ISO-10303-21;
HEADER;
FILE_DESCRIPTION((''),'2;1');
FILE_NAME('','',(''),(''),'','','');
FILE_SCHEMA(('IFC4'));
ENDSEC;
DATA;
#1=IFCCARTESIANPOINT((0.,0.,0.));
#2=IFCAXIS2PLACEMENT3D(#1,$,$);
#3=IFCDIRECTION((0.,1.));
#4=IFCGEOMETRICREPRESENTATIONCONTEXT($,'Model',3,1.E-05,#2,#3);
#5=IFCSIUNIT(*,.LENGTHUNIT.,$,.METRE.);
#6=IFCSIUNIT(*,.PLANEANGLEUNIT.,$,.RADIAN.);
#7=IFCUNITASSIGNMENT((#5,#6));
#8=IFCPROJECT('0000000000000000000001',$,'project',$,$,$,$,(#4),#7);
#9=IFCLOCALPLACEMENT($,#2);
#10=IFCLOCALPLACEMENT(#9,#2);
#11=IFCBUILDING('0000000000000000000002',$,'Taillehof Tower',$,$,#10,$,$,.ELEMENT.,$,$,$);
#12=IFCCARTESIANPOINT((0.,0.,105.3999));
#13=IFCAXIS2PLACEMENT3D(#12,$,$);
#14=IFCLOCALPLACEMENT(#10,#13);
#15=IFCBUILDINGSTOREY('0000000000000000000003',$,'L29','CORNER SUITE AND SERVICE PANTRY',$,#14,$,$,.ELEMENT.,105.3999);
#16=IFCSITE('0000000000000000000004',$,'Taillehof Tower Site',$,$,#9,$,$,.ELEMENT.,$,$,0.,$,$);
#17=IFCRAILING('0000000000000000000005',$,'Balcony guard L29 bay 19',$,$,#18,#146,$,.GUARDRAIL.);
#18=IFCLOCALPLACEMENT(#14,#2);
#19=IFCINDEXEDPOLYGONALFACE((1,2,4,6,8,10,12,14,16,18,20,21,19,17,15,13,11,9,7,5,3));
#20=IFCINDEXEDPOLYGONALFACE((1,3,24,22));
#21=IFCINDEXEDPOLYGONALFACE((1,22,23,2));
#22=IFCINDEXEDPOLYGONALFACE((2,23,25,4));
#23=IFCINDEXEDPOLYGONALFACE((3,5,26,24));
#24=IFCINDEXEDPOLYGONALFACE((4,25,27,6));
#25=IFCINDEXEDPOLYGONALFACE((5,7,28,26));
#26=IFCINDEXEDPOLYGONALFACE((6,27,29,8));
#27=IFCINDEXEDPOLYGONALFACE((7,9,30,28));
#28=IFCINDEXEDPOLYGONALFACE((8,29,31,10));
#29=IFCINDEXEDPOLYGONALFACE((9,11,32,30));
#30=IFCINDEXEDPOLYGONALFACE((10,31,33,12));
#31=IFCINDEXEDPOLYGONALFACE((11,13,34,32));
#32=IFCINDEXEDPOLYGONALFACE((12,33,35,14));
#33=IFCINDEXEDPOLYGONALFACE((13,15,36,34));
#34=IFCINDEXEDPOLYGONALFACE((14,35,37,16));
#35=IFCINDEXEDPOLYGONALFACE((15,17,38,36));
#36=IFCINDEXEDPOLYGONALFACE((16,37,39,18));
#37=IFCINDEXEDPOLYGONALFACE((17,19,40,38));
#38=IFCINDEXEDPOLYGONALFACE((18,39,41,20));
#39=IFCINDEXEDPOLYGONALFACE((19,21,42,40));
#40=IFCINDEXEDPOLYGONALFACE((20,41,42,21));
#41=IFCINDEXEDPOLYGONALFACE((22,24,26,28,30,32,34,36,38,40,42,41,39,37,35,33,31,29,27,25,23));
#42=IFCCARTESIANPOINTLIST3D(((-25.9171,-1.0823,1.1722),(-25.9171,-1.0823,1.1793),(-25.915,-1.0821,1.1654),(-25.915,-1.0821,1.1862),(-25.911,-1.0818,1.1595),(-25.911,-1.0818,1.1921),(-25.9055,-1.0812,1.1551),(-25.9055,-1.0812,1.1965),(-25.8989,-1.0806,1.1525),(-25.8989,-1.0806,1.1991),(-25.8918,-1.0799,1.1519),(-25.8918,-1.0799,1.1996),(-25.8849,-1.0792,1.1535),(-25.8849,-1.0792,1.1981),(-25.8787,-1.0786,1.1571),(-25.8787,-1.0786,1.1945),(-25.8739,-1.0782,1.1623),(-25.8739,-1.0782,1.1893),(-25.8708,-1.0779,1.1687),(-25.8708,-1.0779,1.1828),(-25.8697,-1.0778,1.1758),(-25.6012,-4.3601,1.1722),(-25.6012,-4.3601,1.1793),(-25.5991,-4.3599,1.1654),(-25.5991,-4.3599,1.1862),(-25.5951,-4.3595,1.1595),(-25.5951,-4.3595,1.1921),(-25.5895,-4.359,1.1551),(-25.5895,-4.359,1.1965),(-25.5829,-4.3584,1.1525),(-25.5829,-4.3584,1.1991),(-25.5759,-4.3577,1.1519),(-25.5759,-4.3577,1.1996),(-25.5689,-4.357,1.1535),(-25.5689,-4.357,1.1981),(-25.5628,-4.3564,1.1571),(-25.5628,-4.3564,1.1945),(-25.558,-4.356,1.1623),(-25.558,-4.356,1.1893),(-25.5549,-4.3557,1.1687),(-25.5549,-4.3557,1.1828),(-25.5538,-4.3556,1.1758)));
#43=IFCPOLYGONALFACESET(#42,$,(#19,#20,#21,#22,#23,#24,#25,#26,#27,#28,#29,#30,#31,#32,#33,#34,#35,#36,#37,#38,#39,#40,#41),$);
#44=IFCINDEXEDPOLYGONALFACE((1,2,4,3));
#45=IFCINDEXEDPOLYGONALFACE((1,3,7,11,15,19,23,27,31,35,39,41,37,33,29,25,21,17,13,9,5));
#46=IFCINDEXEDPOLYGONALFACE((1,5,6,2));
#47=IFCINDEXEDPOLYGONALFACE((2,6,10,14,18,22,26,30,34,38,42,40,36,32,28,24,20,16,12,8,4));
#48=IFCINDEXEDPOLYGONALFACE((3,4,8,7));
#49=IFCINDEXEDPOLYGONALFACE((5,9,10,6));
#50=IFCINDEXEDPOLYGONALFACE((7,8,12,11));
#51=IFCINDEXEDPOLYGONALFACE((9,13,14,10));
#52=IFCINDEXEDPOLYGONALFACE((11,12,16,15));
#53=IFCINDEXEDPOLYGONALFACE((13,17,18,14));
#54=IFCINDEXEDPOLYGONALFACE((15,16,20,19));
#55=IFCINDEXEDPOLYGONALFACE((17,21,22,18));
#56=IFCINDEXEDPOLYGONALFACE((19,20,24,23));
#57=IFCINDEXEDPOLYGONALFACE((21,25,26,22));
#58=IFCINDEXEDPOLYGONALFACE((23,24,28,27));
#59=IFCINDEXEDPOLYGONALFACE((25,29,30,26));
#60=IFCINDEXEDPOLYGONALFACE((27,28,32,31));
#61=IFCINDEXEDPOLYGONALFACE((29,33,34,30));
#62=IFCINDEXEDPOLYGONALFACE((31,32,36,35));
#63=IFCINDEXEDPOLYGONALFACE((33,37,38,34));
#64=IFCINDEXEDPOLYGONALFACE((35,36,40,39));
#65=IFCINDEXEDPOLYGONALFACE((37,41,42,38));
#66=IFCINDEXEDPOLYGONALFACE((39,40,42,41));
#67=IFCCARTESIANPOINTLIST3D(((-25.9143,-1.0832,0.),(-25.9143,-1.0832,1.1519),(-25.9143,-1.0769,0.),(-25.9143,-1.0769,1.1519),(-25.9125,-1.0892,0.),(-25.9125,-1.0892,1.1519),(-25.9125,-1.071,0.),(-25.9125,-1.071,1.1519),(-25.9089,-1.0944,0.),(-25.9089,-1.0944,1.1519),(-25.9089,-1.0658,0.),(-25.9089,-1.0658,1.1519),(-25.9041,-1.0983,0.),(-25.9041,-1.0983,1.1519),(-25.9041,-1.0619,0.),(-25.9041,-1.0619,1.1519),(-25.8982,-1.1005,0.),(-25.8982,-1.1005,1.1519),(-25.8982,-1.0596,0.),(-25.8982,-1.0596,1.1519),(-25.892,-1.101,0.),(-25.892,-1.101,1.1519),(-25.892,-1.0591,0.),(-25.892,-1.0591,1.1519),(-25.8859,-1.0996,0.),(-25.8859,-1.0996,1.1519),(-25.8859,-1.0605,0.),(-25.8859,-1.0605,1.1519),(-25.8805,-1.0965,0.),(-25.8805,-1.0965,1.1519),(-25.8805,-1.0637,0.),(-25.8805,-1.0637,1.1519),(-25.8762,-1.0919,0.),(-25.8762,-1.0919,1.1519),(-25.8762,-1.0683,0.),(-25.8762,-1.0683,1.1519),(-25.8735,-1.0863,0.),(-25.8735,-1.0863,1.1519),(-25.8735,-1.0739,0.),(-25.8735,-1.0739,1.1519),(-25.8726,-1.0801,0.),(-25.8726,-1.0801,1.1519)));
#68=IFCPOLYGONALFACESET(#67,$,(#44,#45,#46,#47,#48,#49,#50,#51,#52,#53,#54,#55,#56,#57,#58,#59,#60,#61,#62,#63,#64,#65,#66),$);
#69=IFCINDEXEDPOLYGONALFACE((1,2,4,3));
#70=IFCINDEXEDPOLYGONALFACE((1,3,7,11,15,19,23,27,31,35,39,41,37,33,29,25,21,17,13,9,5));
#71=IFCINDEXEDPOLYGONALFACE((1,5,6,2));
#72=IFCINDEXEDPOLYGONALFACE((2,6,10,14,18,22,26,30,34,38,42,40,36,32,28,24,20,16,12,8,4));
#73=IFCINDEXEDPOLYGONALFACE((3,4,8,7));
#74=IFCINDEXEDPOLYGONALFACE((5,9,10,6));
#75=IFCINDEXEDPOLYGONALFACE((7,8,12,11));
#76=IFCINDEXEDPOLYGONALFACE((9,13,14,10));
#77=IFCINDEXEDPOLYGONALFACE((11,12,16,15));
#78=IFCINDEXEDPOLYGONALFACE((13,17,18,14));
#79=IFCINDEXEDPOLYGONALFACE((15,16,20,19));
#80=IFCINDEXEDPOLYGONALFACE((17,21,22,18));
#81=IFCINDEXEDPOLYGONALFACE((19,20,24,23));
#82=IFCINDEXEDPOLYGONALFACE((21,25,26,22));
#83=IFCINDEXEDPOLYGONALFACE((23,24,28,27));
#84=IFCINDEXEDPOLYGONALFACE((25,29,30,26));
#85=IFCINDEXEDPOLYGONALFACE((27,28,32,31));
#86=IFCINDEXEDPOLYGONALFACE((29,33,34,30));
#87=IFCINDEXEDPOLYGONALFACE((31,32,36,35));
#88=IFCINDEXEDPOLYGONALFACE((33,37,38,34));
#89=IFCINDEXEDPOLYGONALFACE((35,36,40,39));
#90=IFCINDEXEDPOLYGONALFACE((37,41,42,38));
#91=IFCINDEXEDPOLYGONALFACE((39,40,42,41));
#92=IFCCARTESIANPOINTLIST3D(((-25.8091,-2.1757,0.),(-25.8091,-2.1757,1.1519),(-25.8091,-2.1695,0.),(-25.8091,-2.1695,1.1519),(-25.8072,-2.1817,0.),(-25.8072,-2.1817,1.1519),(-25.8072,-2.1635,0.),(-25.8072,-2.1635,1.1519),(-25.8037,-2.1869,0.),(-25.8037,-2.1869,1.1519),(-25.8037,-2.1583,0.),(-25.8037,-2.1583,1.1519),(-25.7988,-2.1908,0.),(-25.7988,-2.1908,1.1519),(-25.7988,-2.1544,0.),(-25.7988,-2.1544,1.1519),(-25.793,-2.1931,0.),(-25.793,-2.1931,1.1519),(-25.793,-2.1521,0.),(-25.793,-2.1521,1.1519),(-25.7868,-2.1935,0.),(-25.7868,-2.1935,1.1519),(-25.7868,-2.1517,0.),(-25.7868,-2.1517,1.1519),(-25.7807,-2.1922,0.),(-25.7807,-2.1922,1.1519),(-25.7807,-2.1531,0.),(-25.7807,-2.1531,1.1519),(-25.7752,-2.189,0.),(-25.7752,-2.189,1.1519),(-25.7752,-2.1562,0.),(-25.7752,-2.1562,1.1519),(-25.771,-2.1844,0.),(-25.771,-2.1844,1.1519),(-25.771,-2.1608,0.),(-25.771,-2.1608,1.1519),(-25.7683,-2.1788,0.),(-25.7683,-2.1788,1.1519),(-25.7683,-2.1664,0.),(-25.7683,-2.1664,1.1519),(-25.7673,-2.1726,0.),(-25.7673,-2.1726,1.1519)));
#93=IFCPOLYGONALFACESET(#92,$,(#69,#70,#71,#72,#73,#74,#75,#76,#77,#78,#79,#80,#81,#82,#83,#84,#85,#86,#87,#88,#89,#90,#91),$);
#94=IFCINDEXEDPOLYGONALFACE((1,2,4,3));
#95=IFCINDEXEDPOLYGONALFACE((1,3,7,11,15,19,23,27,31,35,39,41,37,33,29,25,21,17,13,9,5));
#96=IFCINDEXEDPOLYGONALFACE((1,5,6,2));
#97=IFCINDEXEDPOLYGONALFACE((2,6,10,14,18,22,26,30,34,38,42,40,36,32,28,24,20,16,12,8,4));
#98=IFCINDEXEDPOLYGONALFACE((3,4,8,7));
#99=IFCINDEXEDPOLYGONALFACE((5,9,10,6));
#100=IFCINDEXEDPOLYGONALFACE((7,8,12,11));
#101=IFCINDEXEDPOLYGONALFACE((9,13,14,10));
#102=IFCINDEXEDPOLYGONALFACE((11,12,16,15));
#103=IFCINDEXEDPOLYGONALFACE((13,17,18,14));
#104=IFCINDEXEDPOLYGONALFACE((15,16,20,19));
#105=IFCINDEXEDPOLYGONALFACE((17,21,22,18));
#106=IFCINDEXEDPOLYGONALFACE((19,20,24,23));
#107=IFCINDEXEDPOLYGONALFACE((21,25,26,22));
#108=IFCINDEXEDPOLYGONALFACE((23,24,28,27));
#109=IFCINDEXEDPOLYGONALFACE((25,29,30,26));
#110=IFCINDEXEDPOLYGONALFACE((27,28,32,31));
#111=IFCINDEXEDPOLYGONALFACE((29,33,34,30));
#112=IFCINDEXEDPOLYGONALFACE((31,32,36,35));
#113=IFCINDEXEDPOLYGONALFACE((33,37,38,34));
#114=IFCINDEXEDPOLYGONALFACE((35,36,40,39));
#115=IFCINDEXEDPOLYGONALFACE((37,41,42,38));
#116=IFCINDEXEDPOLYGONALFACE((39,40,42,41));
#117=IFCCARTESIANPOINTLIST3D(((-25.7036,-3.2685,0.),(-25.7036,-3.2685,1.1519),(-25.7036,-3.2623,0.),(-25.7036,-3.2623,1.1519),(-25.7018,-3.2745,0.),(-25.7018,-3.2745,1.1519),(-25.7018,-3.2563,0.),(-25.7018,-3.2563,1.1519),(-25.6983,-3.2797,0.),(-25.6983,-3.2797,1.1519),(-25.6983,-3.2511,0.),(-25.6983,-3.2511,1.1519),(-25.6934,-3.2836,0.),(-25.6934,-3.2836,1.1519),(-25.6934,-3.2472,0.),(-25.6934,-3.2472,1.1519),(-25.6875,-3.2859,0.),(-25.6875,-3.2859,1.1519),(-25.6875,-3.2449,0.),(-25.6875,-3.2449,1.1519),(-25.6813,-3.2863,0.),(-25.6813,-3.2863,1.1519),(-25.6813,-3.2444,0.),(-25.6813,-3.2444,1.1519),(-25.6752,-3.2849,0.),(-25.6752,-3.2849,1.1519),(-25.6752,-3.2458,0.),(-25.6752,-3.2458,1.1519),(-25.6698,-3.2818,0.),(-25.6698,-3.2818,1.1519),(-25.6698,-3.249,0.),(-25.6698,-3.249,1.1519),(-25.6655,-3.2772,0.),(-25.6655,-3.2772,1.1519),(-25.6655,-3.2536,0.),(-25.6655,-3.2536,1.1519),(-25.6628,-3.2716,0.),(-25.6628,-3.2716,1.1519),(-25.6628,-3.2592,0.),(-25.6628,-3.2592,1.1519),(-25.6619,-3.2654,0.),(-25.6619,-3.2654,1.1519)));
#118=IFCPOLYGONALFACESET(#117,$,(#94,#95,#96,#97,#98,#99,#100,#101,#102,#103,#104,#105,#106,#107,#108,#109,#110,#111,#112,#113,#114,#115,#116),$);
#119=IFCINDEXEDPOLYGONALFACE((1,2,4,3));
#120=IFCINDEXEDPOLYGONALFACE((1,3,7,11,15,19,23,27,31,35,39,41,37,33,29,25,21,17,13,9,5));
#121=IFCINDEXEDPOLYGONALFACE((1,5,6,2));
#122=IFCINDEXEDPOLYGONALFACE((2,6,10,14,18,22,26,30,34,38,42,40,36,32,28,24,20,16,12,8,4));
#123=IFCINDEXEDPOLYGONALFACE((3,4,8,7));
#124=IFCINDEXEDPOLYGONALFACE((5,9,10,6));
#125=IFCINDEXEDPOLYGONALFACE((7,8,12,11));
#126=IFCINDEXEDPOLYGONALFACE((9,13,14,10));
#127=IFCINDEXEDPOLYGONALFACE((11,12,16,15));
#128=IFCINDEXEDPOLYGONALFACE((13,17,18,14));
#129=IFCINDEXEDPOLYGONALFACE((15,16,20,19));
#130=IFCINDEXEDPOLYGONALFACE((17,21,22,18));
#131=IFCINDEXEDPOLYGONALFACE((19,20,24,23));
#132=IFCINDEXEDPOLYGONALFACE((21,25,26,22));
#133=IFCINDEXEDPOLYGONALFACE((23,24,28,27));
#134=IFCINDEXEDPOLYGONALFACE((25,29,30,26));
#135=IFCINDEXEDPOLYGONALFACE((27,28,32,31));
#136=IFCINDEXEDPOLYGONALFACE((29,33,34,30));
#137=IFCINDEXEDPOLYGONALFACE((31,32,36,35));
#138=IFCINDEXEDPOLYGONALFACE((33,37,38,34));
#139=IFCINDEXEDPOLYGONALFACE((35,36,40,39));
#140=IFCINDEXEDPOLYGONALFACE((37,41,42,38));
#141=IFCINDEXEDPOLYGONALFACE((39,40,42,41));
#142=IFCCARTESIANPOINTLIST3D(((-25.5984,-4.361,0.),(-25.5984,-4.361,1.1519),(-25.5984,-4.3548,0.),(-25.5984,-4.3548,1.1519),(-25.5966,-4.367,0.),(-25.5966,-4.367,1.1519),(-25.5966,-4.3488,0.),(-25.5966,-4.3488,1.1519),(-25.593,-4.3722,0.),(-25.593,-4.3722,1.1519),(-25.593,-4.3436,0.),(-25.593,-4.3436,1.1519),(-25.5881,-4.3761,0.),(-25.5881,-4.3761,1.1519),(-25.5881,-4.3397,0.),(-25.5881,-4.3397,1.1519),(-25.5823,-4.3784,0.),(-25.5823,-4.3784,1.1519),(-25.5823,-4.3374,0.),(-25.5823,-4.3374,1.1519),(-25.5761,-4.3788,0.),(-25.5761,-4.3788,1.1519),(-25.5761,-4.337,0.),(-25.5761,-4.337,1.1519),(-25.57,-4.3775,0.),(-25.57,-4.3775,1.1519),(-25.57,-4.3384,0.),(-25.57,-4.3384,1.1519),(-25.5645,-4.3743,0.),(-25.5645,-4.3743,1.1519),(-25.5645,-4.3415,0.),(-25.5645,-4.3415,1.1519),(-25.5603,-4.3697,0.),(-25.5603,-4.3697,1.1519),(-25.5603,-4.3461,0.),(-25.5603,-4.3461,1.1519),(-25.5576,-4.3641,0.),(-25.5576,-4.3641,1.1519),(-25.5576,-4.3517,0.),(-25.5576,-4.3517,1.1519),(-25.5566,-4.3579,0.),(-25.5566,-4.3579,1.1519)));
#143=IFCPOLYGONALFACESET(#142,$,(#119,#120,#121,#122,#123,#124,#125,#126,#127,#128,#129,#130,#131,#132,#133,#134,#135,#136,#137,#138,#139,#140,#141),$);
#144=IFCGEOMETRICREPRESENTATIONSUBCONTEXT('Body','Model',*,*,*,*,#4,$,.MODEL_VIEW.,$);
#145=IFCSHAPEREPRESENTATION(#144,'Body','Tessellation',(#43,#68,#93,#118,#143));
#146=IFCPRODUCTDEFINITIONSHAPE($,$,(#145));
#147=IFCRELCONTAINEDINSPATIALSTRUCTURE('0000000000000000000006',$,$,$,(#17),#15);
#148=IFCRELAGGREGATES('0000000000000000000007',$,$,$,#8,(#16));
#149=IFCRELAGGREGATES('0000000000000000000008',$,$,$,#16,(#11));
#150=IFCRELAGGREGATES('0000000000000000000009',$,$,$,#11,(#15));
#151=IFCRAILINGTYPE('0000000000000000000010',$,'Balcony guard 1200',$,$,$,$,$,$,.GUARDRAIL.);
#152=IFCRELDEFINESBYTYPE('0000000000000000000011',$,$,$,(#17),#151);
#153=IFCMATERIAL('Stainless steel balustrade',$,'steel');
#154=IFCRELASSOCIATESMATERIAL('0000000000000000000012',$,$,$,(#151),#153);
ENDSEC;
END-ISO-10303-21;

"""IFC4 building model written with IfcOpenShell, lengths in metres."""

from ifc_helpers import new_model, si_unit, direction, frame, origin, origin_2d, place, context, subcontext, project, spatial, circle, extrude, material, type_object, element, save


model = new_model("IFC4")

# Units and contexts
model_context = context("Model", 3, precision=1e-05, world=origin(), true_north=direction((0.0, 1.0)))
body_context = subcontext(model_context, "Body", "Model", "MODEL_VIEW")
ifc_project = project(units=[si_unit("LENGTHUNIT", "METRE"), si_unit("PLANEANGLEUNIT", "RADIAN")], contexts=[model_context])

# Site, building, storey
site_placement = place(None, origin())
site = spatial("IfcSite", under=ifc_project, at=site_placement, Name="Taillehof Tower Site", CompositionType="ELEMENT", RefElevation=0.0)
building_placement = place(site_placement, origin())
building = spatial("IfcBuilding", under=site, at=building_placement, Name="Taillehof Tower", CompositionType="ELEMENT")
storey_placement = place(building_placement, frame((0.0, 0.0, 105.3999)))
storey = spatial("IfcBuildingStorey", under=building, at=storey_placement, Name="L29", Description="CORNER SUITE AND SERVICE PANTRY", CompositionType="ELEMENT", Elevation=105.3999)

# Railing
ifc_material_1 = material(Name="Stainless steel balustrade", Category="steel")
railing_type = type_object("IfcRailingType", Name="Balcony guard 1200", PredefinedType="GUARDRAIL", material=ifc_material_1)
railing_1_placement = place(storey_placement, frame((-25.8936, -1.0801, 0.0)))
element("IfcRailing", 1, at=railing_1_placement, inside=storey, type_object=railing_type, Name="Balcony guard L29 bay 19", PredefinedType="GUARDRAIL", context=body_context, shape_type="SweptSolid", body=[
    extrude(circle(Radius=0.0239, at=origin_2d()), frame((0.0, 0.0, 1.1758), z_axis=(0.095936, -0.995388, 0.0), x_axis=(0.995388, 0.095936, 0.0)), (0.0, 0.0, 1.0), 3.293),
    extrude(circle(Radius=0.021, at=origin_2d()), origin(), (0.0, 0.0, 1.0), 1.1519),
    extrude(circle(Radius=0.021, at=origin_2d()), frame((0.1052, -1.0925, 0.0)), (0.0, 0.0, 1.0), 1.1519),
    extrude(circle(Radius=0.021, at=origin_2d()), frame((0.2107, -2.1853, 0.0)), (0.0, 0.0, 1.0), 1.1519),
    extrude(circle(Radius=0.021, at=origin_2d()), frame((0.3159, -3.2778, 0.0)), (0.0, 0.0, 1.0), 1.1519),
])

save(model, "model.ifc")
